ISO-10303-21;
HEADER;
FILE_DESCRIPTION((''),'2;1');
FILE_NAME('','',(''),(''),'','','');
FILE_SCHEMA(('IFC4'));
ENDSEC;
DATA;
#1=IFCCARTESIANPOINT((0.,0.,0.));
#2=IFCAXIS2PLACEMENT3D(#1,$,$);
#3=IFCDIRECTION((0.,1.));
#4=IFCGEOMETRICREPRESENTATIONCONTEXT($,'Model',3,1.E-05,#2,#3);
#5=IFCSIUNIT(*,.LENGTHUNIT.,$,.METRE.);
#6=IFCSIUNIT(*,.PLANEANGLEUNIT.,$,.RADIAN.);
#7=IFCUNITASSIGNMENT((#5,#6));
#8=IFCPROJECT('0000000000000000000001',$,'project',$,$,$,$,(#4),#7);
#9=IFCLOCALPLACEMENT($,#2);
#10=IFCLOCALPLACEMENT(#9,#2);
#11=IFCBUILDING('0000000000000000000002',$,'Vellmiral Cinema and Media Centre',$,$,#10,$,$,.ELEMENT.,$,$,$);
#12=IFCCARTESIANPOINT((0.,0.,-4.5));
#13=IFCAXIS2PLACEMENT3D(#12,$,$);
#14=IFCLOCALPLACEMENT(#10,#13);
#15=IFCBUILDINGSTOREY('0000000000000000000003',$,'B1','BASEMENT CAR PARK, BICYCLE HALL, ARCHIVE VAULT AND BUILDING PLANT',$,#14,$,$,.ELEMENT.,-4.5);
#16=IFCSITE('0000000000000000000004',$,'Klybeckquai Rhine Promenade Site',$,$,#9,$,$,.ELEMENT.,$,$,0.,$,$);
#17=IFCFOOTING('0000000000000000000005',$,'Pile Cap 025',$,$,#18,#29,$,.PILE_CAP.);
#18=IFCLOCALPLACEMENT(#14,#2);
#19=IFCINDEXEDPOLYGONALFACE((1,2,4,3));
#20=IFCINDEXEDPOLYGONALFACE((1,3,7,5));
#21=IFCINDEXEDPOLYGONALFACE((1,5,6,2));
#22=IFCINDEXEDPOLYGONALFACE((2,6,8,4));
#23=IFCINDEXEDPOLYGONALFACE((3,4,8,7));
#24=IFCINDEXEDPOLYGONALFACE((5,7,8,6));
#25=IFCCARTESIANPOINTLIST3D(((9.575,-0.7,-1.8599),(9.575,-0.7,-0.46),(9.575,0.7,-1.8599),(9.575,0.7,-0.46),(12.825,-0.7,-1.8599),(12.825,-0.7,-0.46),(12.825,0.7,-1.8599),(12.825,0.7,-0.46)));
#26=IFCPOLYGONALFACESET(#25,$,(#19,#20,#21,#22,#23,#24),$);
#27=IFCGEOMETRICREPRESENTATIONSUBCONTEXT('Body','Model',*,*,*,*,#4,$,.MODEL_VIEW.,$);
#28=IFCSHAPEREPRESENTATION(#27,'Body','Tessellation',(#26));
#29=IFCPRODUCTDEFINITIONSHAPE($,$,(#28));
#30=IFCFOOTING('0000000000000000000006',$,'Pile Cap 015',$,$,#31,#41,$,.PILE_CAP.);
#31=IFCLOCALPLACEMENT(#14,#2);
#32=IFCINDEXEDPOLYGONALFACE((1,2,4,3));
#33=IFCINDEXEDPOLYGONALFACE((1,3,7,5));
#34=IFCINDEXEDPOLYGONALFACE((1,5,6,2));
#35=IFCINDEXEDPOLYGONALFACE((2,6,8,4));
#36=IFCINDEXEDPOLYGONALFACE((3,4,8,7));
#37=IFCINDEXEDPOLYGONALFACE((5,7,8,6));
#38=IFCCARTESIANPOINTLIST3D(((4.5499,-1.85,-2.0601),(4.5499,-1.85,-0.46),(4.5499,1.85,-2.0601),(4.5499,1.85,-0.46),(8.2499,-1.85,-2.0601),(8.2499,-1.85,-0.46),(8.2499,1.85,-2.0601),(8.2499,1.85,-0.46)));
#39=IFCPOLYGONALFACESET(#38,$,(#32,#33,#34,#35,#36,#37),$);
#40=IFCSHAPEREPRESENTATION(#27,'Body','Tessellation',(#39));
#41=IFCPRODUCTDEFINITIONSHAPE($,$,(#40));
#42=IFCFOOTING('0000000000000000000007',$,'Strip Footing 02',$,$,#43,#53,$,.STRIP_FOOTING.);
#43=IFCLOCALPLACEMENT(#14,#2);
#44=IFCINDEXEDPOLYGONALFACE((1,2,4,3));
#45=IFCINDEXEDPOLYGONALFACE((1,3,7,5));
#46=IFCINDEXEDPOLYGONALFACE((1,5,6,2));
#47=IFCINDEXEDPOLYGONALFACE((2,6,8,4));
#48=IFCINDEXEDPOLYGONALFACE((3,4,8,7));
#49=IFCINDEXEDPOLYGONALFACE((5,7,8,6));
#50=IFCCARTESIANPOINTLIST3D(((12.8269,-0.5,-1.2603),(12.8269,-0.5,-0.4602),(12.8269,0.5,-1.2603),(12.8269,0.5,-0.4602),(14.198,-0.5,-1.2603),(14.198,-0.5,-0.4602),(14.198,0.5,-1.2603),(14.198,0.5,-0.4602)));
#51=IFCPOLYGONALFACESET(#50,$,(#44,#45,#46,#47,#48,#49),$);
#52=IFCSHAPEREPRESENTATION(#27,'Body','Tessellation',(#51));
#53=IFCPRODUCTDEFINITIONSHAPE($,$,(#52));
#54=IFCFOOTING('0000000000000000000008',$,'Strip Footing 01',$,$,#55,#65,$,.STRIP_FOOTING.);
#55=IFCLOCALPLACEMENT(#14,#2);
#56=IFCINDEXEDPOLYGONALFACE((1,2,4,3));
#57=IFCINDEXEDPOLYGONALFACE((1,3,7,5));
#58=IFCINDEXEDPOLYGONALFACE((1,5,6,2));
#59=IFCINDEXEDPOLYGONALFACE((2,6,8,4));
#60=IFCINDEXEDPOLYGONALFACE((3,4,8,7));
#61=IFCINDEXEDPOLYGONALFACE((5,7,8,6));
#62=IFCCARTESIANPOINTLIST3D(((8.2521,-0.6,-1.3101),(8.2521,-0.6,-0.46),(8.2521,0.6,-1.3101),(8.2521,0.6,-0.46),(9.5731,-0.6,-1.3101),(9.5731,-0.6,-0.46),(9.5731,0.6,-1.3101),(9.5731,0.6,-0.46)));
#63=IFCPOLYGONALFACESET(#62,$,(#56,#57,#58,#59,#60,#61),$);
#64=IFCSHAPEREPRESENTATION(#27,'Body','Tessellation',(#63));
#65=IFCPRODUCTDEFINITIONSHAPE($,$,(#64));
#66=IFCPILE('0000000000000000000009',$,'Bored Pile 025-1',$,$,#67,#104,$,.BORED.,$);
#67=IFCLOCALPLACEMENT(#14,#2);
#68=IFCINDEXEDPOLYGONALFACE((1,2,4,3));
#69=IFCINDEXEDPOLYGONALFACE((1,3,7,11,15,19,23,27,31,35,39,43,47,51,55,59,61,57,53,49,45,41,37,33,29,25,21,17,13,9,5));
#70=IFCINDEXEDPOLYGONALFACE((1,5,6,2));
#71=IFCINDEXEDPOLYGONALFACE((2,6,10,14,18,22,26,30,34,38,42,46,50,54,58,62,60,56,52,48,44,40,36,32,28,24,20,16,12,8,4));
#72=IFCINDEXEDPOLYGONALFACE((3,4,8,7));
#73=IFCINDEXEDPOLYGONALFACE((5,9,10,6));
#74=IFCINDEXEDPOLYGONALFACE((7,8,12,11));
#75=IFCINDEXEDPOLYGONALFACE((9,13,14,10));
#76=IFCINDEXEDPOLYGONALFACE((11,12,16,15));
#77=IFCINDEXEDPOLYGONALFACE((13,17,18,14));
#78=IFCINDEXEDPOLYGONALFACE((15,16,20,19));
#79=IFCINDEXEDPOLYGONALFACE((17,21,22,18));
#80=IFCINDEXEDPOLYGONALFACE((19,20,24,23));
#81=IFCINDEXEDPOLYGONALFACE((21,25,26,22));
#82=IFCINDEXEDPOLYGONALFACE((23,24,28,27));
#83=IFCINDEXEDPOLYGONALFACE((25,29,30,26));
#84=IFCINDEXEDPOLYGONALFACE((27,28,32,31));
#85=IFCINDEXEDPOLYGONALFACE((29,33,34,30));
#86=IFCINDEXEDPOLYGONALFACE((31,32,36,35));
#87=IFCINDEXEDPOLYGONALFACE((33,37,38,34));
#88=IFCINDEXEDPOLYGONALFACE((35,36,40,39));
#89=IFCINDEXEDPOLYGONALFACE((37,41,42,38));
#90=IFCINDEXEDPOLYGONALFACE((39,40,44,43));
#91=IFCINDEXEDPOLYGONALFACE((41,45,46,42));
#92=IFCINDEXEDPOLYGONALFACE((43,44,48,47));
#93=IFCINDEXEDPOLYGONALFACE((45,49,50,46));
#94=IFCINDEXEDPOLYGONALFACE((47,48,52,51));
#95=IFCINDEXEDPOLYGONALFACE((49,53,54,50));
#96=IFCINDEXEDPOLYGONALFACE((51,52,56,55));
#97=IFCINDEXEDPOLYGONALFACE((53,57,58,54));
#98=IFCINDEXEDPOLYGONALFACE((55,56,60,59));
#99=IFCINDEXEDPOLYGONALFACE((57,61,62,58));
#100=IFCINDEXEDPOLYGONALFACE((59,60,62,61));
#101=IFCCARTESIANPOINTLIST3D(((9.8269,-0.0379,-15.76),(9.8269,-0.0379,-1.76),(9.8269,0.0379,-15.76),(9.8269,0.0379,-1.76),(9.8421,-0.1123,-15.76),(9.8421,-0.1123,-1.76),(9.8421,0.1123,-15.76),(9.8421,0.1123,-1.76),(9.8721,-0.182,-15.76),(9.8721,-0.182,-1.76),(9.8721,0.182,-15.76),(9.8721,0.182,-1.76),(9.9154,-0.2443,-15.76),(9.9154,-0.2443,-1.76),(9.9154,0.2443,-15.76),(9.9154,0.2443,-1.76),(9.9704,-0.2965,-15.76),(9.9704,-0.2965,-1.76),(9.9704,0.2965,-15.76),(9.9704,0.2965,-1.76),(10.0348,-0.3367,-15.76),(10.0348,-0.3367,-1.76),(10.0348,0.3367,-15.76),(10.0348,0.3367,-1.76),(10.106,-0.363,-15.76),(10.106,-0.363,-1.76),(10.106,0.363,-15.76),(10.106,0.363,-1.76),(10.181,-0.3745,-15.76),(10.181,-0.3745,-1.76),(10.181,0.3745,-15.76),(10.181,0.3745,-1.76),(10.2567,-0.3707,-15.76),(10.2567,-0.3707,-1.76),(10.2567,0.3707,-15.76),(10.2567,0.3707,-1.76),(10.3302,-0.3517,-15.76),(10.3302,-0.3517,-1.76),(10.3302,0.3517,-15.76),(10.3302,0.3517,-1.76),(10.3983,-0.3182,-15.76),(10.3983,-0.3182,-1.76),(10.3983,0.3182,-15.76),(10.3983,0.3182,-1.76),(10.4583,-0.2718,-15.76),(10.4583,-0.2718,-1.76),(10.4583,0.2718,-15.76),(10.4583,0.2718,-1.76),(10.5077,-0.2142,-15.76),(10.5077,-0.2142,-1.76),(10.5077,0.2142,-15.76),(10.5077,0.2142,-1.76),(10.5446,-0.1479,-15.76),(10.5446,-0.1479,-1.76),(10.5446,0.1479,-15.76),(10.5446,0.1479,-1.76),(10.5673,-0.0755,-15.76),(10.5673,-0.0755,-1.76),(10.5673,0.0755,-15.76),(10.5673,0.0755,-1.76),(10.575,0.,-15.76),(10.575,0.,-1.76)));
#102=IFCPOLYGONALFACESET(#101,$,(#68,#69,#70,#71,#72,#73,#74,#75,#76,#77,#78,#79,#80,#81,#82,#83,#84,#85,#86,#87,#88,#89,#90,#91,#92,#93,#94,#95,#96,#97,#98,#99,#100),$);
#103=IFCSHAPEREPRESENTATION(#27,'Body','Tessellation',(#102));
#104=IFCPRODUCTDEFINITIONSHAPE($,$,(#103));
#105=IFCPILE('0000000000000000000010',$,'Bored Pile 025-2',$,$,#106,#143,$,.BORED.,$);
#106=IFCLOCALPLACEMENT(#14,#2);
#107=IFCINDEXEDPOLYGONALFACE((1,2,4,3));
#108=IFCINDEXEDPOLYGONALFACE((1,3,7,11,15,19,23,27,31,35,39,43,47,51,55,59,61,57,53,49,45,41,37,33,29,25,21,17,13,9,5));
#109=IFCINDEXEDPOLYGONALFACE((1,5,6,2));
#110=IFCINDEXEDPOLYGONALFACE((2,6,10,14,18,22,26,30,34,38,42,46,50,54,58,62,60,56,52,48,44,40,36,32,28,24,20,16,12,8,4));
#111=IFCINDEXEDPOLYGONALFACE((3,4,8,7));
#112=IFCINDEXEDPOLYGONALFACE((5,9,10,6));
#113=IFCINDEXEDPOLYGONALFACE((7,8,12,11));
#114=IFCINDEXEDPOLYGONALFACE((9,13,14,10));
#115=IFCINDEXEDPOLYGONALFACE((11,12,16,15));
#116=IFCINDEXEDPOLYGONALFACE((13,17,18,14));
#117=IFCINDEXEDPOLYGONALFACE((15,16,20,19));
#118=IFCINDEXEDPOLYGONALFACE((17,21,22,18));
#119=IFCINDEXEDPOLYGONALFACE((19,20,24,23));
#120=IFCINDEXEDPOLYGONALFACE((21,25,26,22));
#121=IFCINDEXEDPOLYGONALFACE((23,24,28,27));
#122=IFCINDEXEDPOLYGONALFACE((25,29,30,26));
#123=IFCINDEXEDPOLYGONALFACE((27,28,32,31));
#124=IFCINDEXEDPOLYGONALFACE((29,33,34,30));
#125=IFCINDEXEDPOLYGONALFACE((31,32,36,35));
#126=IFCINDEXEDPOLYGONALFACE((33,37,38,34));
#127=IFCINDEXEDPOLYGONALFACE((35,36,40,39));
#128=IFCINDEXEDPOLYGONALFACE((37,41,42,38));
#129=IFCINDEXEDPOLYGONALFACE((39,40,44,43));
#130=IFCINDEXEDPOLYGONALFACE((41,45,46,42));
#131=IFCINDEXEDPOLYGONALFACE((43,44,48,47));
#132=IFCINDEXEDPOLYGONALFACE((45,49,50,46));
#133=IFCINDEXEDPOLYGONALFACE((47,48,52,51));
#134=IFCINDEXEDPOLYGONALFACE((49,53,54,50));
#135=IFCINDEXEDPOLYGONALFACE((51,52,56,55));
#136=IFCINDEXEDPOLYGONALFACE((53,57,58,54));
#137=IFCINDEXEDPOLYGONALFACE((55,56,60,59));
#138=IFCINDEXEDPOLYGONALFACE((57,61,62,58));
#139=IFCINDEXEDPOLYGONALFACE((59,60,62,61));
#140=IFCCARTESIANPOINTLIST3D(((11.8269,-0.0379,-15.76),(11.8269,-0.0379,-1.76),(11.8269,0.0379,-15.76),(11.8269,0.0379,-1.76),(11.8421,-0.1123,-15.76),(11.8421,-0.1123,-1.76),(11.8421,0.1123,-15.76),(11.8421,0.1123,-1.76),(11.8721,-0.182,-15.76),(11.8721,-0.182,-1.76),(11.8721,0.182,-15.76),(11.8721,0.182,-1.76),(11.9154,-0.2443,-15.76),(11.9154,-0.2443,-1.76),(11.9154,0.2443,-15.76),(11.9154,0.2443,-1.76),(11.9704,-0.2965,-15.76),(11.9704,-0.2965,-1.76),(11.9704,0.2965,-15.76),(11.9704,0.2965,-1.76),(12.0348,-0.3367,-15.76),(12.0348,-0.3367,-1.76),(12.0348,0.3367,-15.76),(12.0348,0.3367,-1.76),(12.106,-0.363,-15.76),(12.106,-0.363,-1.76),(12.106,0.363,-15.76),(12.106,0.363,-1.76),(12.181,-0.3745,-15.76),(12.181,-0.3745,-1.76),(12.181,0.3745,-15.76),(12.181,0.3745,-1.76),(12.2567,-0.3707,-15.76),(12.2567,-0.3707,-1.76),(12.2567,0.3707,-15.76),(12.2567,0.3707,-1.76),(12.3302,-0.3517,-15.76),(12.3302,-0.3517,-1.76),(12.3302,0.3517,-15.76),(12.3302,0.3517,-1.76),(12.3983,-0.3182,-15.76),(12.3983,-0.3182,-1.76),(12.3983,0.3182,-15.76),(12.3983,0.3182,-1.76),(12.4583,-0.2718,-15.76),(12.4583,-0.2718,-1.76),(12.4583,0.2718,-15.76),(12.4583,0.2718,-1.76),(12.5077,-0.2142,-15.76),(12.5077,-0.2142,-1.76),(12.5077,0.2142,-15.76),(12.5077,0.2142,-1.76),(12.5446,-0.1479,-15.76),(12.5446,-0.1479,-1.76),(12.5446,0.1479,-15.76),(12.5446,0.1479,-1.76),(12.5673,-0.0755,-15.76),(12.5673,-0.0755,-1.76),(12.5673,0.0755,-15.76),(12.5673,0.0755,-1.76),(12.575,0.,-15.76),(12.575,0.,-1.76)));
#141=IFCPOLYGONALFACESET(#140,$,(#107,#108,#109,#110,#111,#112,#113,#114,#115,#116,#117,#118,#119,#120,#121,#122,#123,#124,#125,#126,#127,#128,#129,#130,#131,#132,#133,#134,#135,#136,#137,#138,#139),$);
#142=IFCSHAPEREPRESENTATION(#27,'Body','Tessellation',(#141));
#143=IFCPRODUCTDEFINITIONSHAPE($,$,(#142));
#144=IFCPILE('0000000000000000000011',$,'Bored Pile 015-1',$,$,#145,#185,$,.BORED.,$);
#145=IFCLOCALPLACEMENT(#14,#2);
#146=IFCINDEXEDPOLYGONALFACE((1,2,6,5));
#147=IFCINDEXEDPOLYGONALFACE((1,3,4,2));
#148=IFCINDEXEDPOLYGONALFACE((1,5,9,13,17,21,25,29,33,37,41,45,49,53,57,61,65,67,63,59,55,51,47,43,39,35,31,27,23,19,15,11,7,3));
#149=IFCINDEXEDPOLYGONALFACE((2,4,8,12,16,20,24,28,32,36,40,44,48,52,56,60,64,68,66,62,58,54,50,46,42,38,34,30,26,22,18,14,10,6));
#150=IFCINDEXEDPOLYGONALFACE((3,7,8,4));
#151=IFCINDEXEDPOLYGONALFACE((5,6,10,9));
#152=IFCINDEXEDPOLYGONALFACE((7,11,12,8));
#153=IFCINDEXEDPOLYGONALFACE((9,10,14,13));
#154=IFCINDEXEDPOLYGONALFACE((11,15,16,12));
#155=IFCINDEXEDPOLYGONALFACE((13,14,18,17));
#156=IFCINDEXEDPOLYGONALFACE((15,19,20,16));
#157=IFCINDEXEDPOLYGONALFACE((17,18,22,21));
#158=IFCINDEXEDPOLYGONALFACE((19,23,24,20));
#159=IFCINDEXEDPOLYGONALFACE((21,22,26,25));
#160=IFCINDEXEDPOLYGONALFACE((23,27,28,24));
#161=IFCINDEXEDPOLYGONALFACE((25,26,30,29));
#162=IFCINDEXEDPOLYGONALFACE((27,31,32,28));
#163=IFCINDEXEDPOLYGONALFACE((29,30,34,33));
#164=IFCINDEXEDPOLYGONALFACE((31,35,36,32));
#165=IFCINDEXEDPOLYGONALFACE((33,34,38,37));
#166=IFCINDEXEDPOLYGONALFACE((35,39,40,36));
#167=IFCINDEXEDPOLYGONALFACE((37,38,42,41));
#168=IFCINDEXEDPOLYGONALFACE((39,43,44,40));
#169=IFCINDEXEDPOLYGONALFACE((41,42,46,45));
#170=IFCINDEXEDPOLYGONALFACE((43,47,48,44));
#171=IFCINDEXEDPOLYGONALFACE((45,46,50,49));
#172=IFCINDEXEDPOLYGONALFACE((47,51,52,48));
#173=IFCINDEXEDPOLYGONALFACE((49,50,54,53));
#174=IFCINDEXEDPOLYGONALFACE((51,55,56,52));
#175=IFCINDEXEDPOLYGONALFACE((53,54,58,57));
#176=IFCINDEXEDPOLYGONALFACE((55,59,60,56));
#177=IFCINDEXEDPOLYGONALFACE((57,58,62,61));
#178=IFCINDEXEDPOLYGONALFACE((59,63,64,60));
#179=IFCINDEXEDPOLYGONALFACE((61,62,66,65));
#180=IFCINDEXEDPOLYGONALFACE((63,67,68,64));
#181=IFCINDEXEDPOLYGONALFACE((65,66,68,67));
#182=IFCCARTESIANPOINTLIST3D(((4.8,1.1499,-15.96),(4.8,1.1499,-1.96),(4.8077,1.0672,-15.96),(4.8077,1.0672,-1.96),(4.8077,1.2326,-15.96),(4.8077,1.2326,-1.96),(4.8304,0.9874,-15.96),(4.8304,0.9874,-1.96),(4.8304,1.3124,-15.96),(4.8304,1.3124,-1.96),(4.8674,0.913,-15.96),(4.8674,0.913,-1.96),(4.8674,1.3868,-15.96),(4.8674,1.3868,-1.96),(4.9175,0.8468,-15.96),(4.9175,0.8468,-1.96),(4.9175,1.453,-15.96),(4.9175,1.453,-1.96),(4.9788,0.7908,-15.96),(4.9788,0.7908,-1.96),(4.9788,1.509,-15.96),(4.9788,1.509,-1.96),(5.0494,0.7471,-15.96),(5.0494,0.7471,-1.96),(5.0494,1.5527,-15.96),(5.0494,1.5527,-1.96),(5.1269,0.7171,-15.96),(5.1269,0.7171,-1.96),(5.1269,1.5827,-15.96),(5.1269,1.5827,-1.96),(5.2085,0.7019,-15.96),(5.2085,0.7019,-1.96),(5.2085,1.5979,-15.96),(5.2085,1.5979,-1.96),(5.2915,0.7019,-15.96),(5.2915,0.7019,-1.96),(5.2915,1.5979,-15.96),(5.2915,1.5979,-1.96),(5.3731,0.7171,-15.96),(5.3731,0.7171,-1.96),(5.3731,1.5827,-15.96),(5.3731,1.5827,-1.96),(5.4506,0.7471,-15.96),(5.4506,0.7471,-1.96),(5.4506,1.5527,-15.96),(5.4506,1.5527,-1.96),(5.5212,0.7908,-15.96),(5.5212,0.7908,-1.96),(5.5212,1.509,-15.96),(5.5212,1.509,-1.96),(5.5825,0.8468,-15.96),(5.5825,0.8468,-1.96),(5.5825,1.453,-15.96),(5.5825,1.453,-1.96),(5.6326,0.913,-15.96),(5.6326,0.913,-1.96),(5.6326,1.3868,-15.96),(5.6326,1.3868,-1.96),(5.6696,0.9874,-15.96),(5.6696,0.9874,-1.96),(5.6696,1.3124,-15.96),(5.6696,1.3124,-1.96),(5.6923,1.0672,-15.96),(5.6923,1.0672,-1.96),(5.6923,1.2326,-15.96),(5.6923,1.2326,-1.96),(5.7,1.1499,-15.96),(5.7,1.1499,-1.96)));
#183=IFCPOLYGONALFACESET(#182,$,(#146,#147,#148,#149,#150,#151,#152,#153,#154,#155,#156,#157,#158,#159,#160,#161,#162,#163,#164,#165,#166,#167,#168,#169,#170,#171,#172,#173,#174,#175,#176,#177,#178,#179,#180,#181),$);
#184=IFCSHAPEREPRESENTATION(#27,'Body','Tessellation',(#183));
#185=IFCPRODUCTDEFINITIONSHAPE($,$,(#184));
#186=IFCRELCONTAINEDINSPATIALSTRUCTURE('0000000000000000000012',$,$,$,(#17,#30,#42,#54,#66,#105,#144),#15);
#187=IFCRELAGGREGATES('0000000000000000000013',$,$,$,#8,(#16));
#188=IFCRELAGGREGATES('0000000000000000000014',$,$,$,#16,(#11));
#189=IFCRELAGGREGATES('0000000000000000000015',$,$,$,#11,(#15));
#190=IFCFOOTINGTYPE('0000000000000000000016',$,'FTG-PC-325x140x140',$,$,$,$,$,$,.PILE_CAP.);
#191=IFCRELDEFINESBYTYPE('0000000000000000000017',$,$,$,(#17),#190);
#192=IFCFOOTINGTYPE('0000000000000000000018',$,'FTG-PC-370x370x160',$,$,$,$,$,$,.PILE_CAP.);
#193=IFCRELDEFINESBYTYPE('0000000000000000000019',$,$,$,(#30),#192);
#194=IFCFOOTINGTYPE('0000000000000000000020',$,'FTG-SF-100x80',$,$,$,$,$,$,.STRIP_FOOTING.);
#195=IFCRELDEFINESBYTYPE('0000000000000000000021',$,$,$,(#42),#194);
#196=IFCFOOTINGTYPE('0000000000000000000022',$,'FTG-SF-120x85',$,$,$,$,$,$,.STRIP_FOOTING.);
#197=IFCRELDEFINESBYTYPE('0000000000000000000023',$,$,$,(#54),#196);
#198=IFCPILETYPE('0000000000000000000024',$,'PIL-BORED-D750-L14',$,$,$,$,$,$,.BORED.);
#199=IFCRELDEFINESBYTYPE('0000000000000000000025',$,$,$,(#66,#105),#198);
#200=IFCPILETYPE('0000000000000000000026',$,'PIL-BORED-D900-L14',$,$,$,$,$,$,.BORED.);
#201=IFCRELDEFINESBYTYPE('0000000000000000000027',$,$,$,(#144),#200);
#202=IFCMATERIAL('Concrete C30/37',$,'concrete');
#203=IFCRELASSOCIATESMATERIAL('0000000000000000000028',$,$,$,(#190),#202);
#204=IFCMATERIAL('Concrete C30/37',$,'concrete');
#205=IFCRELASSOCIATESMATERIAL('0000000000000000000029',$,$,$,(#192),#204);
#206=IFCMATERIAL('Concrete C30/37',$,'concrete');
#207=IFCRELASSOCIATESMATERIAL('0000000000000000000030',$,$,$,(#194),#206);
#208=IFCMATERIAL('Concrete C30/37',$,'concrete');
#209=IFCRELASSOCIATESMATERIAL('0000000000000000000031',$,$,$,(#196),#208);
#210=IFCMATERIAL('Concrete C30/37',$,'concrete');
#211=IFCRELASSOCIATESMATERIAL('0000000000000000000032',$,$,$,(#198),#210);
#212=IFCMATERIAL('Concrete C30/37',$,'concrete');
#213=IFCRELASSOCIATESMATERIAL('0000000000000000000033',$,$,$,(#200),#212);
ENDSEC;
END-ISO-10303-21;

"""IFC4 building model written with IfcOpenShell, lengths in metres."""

from ifc_helpers import new_model, si_unit, direction, frame, origin, origin_2d, place, context, subcontext, project, spatial, rectangle, circle, extrude, material, material_profile, profile_set, type_object, element, save


model = new_model("IFC4")

# Units and contexts
model_context = context("Model", 3, precision=1e-05, world=origin(), true_north=direction((0.0, 1.0)))
body_context = subcontext(model_context, "Body", "Model", "MODEL_VIEW")
ifc_project = project(units=[si_unit("LENGTHUNIT", "METRE"), si_unit("PLANEANGLEUNIT", "RADIAN")], contexts=[model_context])

# Site, building, storey
site_placement = place(None, origin())
site = spatial("IfcSite", under=ifc_project, at=site_placement, Name="Klybeckquai Rhine Promenade Site", CompositionType="ELEMENT", RefElevation=0.0)
building_placement = place(site_placement, origin())
building = spatial("IfcBuilding", under=site, at=building_placement, Name="Vellmiral Cinema and Media Centre", CompositionType="ELEMENT")
storey_placement = place(building_placement, frame((0.0, 0.0, -4.5)))
storey = spatial("IfcBuildingStorey", under=building, at=storey_placement, Name="B1", Description="BASEMENT CAR PARK, BICYCLE HALL, ARCHIVE VAULT AND BUILDING PLANT", CompositionType="ELEMENT", Elevation=-4.5)

# Footings
ifc_material_1 = material(Name="Concrete C30/37", Category="concrete")
footing_type_1 = type_object("IfcFootingType", Name="FTG-PC-325x140x140", PredefinedType="PILE_CAP", material=ifc_material_1)
footing_1_placement = place(storey_placement, frame((11.2, 0.0, -1.8599), z_axis=(0.0, 0.0, 1.0), x_axis=(1.0, 0.0, 0.0)))
element("IfcFooting", 1, at=footing_1_placement, inside=storey, type_object=footing_type_1, Name="Pile Cap 025", PredefinedType="PILE_CAP", context=body_context, shape_type="SweptSolid", body=[
    extrude(rectangle(XDim=3.25, YDim=1.3999, at=origin_2d()), origin(), (0.0, 0.0, 1.0), 1.3999),
])
ifc_material_2 = material(Name="Concrete C30/37", Category="concrete")
footing_type_2 = type_object("IfcFootingType", Name="FTG-PC-370x370x160", PredefinedType="PILE_CAP", material=ifc_material_2)
footing_2_placement = place(storey_placement, frame((6.3999, 0.0, -2.0601), z_axis=(0.0, 0.0, 1.0), x_axis=(1.0, 0.0, 0.0)))
element("IfcFooting", 2, at=footing_2_placement, inside=storey, type_object=footing_type_2, Name="Pile Cap 015", PredefinedType="PILE_CAP", context=body_context, shape_type="SweptSolid", body=[
    extrude(rectangle(XDim=3.7, YDim=3.7, at=origin_2d()), origin(), (0.0, 0.0, 1.0), 1.6001),
])
ifc_material_3 = material(Name="Concrete C30/37", Category="concrete")
footing_type_3 = type_object("IfcFootingType", Name="FTG-SF-100x80", PredefinedType="STRIP_FOOTING", material=ifc_material_3)
footing_3_placement = place(storey_placement, frame((13.5125, 0.0, -1.2603), z_axis=(0.0, 0.0, 1.0), x_axis=(1.0, 0.0, 0.0)))
element("IfcFooting", 3, at=footing_3_placement, inside=storey, type_object=footing_type_3, Name="Strip Footing 02", PredefinedType="STRIP_FOOTING", context=body_context, shape_type="SweptSolid", body=[
    extrude(rectangle(XDim=1.3711, YDim=1.0, at=origin_2d()), origin(), (0.0, 0.0, 1.0), 0.8),
])
ifc_material_4 = material(Name="Concrete C30/37", Category="concrete")
footing_type_4 = type_object("IfcFootingType", Name="FTG-SF-120x85", PredefinedType="STRIP_FOOTING", material=ifc_material_4)
footing_4_placement = place(storey_placement, frame((8.9126, 0.0, -1.3101), z_axis=(0.0, 0.0, 1.0), x_axis=(1.0, 0.0, 0.0)))
element("IfcFooting", 4, at=footing_4_placement, inside=storey, type_object=footing_type_4, Name="Strip Footing 01", PredefinedType="STRIP_FOOTING", context=body_context, shape_type="SweptSolid", body=[
    extrude(rectangle(XDim=1.321, YDim=1.2, at=origin_2d()), origin(), (0.0, 0.0, 1.0), 0.8501),
])

# Piles
ifc_material_5 = material(Name="Concrete C30/37", Category="concrete")
ifc_material_profile_1 = material_profile(ifc_material_5, circle(Radius=0.375, at=origin_2d()), Name="PILE D750")
ifc_profile_set_1 = profile_set([ifc_material_profile_1], Name="Concrete C30/37")
pile_type_1 = type_object("IfcPileType", Name="PIL-BORED-D750-L14", PredefinedType="BORED", material=ifc_profile_set_1)
for number, where, z_axis, x_axis, name in (
    (5, (10.2, 0.0, -1.76), (0.0, 0.0, -1.0), (1.0, 0.0, 0.0), "Bored Pile 025-1"),
    (6, (12.2, 0.0, -1.76), (0.0, 0.0, -1.0), (1.0, 0.0, 0.0), "Bored Pile 025-2"),
):
    element("IfcPile", number, at=place(storey_placement, frame(where, z_axis=z_axis, x_axis=x_axis)), inside=storey, type_object=pile_type_1, Name=name, PredefinedType="BORED", context=body_context, shape_type="SweptSolid", body=[
        extrude(circle(Radius=0.375, at=origin_2d()), origin(), (0.0, 0.0, 1.0), 14.0),
    ])
ifc_material_6 = material(Name="Concrete C30/37", Category="concrete")
ifc_material_profile_2 = material_profile(ifc_material_6, circle(Radius=0.45, at=origin_2d()), Name="PILE D900")
ifc_profile_set_2 = profile_set([ifc_material_profile_2], Name="Concrete C30/37")
pile_type_2 = type_object("IfcPileType", Name="PIL-BORED-D900-L14", PredefinedType="BORED", material=ifc_profile_set_2)
for number, where, z_axis, x_axis, name in (
    (7, (5.25, 1.1499, -1.96), (0.0, 0.0, -1.0), (1.0, 0.0, 0.0), "Bored Pile 015-1"),
):
    element("IfcPile", number, at=place(storey_placement, frame(where, z_axis=z_axis, x_axis=x_axis)), inside=storey, type_object=pile_type_2, Name=name, PredefinedType="BORED", context=body_context, shape_type="SweptSolid", body=[
        extrude(circle(Radius=0.45, at=origin_2d()), origin(), (0.0, 0.0, 1.0), 14.0),
    ])

save(model, "model.ifc")
